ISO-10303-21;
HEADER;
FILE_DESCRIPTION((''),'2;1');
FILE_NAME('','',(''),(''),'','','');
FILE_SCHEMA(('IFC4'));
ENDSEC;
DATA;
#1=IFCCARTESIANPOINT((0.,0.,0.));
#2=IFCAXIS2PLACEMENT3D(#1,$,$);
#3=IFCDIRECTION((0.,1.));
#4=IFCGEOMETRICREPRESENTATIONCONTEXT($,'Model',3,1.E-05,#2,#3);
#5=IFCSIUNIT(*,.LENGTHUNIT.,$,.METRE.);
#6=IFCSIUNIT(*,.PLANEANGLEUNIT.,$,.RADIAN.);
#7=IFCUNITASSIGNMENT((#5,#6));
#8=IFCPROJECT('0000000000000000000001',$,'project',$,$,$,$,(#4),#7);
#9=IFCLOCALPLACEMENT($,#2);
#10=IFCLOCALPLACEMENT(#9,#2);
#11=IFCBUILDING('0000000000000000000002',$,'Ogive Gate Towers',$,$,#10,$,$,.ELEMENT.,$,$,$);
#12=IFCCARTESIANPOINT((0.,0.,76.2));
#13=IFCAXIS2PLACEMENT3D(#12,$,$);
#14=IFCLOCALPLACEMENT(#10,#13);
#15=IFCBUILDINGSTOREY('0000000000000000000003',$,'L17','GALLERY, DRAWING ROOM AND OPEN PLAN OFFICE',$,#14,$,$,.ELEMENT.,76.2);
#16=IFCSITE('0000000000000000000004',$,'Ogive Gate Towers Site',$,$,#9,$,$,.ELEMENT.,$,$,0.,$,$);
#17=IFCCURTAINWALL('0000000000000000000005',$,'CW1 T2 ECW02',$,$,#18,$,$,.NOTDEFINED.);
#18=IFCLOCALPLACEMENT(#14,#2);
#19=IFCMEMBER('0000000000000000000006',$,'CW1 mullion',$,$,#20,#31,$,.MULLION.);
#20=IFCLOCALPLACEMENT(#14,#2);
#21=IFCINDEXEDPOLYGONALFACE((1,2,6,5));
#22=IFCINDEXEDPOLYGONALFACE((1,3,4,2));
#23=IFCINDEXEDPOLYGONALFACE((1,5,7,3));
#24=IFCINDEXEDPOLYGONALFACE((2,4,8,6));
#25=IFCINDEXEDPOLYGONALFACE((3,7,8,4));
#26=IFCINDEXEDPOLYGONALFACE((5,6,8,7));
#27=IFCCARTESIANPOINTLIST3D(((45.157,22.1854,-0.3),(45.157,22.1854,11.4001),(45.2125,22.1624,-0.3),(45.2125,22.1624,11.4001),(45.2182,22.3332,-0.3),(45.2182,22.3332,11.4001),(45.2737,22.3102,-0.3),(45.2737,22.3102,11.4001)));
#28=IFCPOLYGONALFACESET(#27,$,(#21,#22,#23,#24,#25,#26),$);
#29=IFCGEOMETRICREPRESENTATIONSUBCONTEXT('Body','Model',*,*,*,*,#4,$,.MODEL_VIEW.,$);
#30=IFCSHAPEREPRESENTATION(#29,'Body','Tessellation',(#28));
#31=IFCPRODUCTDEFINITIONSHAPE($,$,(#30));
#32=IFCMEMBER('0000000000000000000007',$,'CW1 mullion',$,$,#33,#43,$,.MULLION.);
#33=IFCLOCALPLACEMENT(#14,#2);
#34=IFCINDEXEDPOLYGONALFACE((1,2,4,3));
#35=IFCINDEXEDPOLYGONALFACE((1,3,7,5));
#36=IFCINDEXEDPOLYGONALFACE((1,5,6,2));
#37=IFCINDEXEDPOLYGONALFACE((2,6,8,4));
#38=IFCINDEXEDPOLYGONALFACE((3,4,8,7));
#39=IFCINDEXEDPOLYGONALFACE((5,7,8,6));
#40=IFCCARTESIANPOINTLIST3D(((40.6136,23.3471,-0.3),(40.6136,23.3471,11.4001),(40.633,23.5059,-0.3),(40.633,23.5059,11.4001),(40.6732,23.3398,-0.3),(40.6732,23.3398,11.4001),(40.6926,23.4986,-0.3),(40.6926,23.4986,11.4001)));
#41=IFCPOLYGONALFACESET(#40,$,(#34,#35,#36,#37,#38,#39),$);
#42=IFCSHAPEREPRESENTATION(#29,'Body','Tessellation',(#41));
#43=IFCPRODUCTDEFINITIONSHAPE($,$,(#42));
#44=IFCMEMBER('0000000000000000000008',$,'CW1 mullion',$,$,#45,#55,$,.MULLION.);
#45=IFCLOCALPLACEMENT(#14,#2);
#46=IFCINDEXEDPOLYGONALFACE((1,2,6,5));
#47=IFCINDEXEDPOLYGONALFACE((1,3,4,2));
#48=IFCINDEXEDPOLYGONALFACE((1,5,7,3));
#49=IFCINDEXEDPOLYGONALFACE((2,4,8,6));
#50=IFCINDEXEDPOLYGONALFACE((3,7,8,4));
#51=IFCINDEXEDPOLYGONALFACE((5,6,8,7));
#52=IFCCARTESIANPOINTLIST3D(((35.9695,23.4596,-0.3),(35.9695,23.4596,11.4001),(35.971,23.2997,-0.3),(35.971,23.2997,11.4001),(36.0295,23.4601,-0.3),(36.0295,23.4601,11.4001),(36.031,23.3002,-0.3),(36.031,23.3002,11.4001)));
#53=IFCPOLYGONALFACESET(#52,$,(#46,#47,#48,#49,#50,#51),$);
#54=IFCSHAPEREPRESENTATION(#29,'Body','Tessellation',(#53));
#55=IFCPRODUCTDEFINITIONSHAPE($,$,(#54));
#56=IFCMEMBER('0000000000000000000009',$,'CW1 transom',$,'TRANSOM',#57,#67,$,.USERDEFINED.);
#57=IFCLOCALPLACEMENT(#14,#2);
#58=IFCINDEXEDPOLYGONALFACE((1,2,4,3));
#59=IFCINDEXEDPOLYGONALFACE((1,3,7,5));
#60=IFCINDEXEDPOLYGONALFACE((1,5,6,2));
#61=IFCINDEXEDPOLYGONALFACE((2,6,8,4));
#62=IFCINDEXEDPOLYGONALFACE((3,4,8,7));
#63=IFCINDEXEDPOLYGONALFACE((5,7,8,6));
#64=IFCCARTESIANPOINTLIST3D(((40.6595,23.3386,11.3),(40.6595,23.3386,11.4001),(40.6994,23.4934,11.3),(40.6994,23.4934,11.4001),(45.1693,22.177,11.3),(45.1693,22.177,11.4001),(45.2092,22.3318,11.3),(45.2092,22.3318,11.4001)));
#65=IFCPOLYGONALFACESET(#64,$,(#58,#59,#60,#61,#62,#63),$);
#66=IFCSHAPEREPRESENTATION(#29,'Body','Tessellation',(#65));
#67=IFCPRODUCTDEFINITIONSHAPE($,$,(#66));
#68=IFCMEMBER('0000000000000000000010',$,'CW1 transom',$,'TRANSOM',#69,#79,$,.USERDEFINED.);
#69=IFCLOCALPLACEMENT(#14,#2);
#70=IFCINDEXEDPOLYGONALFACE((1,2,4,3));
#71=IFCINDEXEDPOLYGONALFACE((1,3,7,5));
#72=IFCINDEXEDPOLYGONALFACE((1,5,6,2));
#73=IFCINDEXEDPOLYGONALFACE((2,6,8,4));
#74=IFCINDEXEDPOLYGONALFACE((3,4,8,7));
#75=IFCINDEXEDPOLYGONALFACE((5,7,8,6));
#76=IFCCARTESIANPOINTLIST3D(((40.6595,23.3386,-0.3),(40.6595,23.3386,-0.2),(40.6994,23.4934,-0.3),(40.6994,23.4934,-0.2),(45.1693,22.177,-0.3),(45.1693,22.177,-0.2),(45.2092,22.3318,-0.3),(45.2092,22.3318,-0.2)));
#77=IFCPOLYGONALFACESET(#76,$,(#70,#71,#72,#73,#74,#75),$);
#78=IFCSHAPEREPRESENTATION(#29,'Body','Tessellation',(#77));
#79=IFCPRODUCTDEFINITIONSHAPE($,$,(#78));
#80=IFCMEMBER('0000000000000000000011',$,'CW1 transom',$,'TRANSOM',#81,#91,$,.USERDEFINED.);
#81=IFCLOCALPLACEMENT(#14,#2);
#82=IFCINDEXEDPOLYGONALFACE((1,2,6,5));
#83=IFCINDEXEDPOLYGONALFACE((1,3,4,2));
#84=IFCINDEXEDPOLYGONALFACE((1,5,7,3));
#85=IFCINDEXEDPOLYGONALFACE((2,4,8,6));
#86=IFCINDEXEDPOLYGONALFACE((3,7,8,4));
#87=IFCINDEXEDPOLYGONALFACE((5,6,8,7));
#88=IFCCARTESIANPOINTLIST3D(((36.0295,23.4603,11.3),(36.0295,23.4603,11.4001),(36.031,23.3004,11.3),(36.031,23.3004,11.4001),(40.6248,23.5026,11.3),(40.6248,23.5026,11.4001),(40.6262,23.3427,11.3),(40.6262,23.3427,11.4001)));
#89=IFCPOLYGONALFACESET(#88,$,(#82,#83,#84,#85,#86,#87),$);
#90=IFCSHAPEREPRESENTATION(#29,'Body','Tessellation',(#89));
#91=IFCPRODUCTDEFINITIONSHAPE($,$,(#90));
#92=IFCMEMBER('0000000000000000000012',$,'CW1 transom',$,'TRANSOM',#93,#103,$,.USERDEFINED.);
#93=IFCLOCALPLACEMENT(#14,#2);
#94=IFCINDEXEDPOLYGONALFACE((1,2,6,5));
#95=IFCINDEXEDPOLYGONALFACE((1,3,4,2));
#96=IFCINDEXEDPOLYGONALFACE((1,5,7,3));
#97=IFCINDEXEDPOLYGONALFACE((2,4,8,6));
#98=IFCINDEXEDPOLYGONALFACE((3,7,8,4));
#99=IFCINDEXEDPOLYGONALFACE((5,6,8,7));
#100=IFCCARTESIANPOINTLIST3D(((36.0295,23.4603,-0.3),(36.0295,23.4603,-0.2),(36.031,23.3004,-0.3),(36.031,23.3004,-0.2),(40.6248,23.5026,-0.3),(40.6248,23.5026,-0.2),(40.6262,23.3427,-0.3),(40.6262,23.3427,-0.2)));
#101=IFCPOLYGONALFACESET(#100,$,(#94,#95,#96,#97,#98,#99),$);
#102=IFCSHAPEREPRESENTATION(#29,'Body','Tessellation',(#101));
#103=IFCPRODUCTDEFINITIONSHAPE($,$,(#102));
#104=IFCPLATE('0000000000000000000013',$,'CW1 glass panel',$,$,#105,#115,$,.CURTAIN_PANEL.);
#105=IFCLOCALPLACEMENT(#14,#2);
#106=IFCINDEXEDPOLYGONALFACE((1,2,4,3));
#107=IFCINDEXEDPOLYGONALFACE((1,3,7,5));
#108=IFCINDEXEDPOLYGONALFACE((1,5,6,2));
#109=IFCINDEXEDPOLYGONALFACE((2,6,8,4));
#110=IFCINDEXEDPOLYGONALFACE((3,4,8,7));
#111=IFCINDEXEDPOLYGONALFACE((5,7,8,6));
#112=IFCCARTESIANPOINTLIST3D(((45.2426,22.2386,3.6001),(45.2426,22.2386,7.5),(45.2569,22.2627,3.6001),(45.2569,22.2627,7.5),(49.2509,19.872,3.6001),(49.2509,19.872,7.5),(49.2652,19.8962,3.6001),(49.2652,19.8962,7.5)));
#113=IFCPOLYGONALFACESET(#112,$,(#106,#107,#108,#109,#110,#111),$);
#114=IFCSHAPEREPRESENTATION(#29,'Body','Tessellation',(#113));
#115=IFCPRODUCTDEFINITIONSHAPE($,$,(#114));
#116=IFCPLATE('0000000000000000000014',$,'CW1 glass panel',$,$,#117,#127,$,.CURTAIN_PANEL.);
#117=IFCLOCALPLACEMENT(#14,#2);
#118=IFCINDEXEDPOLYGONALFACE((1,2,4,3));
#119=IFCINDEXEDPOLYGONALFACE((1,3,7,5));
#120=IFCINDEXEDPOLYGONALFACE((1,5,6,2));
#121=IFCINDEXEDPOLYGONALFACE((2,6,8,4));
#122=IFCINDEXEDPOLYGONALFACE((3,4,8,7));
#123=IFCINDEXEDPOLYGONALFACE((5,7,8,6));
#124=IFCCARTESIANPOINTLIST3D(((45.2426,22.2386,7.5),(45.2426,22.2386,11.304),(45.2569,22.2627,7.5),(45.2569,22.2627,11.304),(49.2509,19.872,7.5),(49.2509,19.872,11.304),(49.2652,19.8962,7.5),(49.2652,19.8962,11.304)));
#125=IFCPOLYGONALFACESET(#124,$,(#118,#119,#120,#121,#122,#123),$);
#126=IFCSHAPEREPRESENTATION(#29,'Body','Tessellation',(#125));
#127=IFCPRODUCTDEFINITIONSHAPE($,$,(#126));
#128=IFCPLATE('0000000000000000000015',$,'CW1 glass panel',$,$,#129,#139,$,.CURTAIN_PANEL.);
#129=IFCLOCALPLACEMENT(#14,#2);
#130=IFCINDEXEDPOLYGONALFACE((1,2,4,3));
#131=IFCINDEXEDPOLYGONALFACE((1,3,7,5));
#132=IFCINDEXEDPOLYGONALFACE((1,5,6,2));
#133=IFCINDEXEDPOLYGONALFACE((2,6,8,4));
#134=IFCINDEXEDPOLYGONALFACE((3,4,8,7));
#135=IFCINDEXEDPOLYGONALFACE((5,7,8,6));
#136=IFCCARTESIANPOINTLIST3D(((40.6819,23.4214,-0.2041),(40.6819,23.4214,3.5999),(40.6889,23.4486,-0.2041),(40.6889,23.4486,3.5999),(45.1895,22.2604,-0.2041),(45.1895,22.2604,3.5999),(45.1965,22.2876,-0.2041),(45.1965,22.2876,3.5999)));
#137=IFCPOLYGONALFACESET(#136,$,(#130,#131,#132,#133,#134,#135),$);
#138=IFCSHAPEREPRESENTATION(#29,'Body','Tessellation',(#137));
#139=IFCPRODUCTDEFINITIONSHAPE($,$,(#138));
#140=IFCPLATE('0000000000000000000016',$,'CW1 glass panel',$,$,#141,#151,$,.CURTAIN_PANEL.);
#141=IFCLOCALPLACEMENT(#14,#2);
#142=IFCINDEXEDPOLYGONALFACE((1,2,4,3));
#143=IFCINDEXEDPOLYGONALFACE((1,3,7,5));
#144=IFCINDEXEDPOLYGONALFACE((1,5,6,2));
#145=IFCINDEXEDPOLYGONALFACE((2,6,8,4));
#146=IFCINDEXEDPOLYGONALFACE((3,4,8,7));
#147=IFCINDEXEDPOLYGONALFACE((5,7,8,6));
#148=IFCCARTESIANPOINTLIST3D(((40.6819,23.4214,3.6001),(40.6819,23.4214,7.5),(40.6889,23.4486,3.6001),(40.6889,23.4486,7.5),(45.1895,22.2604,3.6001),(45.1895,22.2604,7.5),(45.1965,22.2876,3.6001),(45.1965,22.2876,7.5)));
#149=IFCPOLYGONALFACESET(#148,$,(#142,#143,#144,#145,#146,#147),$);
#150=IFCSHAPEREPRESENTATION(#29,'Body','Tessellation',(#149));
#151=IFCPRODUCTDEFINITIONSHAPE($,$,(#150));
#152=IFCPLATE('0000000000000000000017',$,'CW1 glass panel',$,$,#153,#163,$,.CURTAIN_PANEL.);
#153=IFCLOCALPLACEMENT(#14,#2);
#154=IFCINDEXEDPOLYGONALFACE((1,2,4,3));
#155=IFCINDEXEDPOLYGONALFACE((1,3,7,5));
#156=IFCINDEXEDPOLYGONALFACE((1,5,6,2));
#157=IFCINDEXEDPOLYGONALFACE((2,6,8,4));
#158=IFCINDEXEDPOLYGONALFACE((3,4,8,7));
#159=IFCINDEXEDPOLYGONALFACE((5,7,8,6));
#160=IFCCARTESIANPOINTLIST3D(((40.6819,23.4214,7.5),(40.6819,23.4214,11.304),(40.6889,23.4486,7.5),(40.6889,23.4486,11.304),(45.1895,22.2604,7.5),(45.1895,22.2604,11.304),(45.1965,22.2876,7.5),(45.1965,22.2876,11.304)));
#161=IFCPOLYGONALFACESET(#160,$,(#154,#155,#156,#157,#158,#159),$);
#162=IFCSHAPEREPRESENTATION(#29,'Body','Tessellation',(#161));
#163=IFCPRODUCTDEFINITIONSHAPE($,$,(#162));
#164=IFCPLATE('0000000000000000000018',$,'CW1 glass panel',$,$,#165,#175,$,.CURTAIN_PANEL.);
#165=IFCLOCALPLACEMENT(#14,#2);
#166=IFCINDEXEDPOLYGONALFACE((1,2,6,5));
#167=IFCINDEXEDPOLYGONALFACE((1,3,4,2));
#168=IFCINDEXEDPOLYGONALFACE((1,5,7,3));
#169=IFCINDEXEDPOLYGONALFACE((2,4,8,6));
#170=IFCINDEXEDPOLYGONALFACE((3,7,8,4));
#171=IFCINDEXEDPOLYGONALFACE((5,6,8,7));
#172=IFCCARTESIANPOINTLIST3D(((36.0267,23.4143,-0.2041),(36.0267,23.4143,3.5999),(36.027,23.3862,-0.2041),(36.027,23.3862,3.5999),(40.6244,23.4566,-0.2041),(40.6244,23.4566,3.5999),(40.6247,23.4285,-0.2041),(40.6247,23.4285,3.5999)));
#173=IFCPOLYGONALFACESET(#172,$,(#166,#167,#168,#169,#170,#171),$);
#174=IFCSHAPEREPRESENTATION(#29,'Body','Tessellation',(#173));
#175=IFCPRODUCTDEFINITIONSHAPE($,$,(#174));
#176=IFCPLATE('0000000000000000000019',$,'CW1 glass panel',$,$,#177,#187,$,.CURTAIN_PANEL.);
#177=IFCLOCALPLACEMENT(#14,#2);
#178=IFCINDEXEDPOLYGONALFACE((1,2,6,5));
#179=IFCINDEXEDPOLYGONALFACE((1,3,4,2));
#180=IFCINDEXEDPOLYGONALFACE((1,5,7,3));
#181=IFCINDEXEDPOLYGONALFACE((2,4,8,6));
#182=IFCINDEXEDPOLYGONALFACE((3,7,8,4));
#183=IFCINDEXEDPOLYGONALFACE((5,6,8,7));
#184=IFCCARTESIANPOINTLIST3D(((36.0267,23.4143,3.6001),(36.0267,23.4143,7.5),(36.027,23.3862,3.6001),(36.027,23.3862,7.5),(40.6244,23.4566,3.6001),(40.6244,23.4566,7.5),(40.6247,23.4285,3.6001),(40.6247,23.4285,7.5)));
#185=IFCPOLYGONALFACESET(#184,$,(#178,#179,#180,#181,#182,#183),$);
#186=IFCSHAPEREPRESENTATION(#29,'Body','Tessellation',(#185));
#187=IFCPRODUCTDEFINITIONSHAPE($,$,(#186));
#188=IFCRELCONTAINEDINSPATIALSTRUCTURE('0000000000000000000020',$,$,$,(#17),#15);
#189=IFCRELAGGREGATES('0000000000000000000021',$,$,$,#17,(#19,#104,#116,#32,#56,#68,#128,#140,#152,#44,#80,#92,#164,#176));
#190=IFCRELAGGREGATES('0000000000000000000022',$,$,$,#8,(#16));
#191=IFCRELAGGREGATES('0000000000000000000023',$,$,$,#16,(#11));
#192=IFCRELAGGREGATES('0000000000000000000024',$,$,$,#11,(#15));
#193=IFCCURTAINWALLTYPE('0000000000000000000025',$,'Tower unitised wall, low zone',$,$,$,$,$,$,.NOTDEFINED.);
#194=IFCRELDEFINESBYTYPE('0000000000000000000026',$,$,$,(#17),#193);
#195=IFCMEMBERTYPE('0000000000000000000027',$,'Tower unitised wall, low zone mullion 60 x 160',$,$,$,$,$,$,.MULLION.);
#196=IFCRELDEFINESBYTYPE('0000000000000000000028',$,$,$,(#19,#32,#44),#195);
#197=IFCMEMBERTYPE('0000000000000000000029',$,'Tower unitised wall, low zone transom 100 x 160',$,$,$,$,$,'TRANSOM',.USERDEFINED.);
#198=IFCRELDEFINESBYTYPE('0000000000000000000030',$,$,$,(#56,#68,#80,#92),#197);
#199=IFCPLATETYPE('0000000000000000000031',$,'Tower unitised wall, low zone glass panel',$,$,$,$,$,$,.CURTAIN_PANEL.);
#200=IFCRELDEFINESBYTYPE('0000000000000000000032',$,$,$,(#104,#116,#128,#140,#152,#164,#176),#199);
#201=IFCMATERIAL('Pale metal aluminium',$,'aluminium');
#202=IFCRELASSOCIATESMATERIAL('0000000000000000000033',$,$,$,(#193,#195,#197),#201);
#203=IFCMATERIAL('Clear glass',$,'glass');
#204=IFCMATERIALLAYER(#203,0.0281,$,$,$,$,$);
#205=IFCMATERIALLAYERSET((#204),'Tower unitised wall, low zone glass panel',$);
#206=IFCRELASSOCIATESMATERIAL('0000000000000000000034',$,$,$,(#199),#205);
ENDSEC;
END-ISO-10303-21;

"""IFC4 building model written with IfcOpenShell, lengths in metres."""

from ifc_helpers import new_model, si_unit, direction, frame, origin, origin_2d, place, context, subcontext, project, spatial, rectangle, extrude, material, layer, layer_set, material_profile, profile_set, type_object, element, aggregate, save


model = new_model("IFC4")

# Units and contexts
model_context = context("Model", 3, precision=1e-05, world=origin(), true_north=direction((0.0, 1.0)))
body_context = subcontext(model_context, "Body", "Model", "MODEL_VIEW")
ifc_project = project(units=[si_unit("LENGTHUNIT", "METRE"), si_unit("PLANEANGLEUNIT", "RADIAN")], contexts=[model_context])

# Site, building, storey
site_placement = place(None, origin())
site = spatial("IfcSite", under=ifc_project, at=site_placement, Name="Ogive Gate Towers Site", CompositionType="ELEMENT", RefElevation=0.0)
building_placement = place(site_placement, origin())
building = spatial("IfcBuilding", under=site, at=building_placement, Name="Ogive Gate Towers", CompositionType="ELEMENT")
storey_placement = place(building_placement, frame((0.0, 0.0, 76.2)))
storey = spatial("IfcBuildingStorey", under=building, at=storey_placement, Name="L17", Description="GALLERY, DRAWING ROOM AND OPEN PLAN OFFICE", CompositionType="ELEMENT", Elevation=76.2)

# Curtain wall, members, plates
ifc_material_1 = material(Name="Pale metal aluminium", Category="aluminium")
curtain_wall_type = type_object("IfcCurtainWallType", Name="Tower unitised wall, low zone", PredefinedType="NOTDEFINED", material=ifc_material_1)
curtain_wall_placement = place(storey_placement, origin())
curtain_wall = element("IfcCurtainWall", 1, at=curtain_wall_placement, inside=storey, type_object=curtain_wall_type, Name="CW1 T2 ECW02", PredefinedType="NOTDEFINED")
ifc_material_profile_1 = material_profile(ifc_material_1, rectangle(XDim=0.1599, YDim=0.0601, at=origin_2d()), Name="60 x 160 aluminium box")
ifc_profile_set_1 = profile_set([ifc_material_profile_1], Name="Pale metal aluminium")
member_type_1 = type_object("IfcMemberType", Name="Tower unitised wall, low zone mullion 60 x 160", PredefinedType="MULLION", material=ifc_profile_set_1)
member_1_placement = place(storey_placement, frame((45.2153, 22.2478, -0.3), z_axis=(0.0, 0.0, 1.0), x_axis=(0.382683, 0.92388, 0.0)))
member_1 = element("IfcMember", 2, at=member_1_placement, type_object=member_type_1, Name="CW1 mullion", PredefinedType="MULLION", context=body_context, shape_type="SweptSolid", body=[
    extrude(rectangle(XDim=0.1599, YDim=0.0601, at=origin_2d()), origin(), (0.0, 0.0, 1.0), 11.7002),
])
member_2_placement = place(storey_placement, frame((40.6531, 23.4229, -0.3), z_axis=(0.0, 0.0, 1.0), x_axis=(0.121142, 0.992635, 0.0)))
member_2 = element("IfcMember", 3, at=member_2_placement, type_object=member_type_1, Name="CW1 mullion", PredefinedType="MULLION", context=body_context, shape_type="SweptSolid", body=[
    extrude(rectangle(XDim=0.1599, YDim=0.0601, at=origin_2d()), origin(), (0.0, 0.0, 1.0), 11.7002),
])
member_3_placement = place(storey_placement, frame((36.0002, 23.3799, -0.3), z_axis=(0.0, 0.0, 1.0), x_axis=(-0.009198, 0.999958, 0.0)))
member_3 = element("IfcMember", 4, at=member_3_placement, type_object=member_type_1, Name="CW1 mullion", PredefinedType="MULLION", context=body_context, shape_type="SweptSolid", body=[
    extrude(rectangle(XDim=0.1599, YDim=0.0601, at=origin_2d()), origin(), (0.0, 0.0, 1.0), 11.7002),
])
ifc_material_profile_2 = material_profile(ifc_material_1, rectangle(XDim=0.1599, YDim=0.1001, at=origin_2d()), Name="100 x 160 aluminium box")
ifc_profile_set_2 = profile_set([ifc_material_profile_2], Name="Pale metal aluminium")
member_type_2 = type_object("IfcMemberType", Name="Tower unitised wall, low zone transom 100 x 160", ElementType="TRANSOM", PredefinedType="USERDEFINED", material=ifc_profile_set_2)
member_4_placement = place(storey_placement, frame((45.1892, 22.2544, 11.3501), z_axis=(-0.968391, 0.249437, 0.0), x_axis=(-0.249437, -0.968391, 0.0)))
member_4 = element("IfcMember", 5, at=member_4_placement, type_object=member_type_2, Name="CW1 transom", ObjectType="TRANSOM", PredefinedType="USERDEFINED", context=body_context, shape_type="SweptSolid", body=[
    extrude(rectangle(XDim=0.1599, YDim=0.1001, at=origin_2d()), origin(), (0.0, 0.0, 1.0), 4.657),
])
member_5_placement = place(storey_placement, frame((45.1892, 22.2544, -0.25), z_axis=(-0.968391, 0.249437, 0.0), x_axis=(-0.249437, -0.968391, 0.0)))
member_5 = element("IfcMember", 6, at=member_5_placement, type_object=member_type_2, Name="CW1 transom", ObjectType="TRANSOM", PredefinedType="USERDEFINED", context=body_context, shape_type="SweptSolid", body=[
    extrude(rectangle(XDim=0.1599, YDim=0.1001, at=origin_2d()), origin(), (0.0, 0.0, 1.0), 4.657),
])
member_6_placement = place(storey_placement, frame((40.6255, 23.4226, 11.3501), z_axis=(-0.999958, -0.009191, 0.0), x_axis=(0.009191, -0.999958, 0.0)))
member_6 = element("IfcMember", 7, at=member_6_placement, type_object=member_type_2, Name="CW1 transom", ObjectType="TRANSOM", PredefinedType="USERDEFINED", context=body_context, shape_type="SweptSolid", body=[
    extrude(rectangle(XDim=0.1599, YDim=0.1001, at=origin_2d()), origin(), (0.0, 0.0, 1.0), 4.5955),
])
member_7_placement = place(storey_placement, frame((40.6255, 23.4226, -0.25), z_axis=(-0.999958, -0.009191, 0.0), x_axis=(0.009191, -0.999958, 0.0)))
member_7 = element("IfcMember", 8, at=member_7_placement, type_object=member_type_2, Name="CW1 transom", ObjectType="TRANSOM", PredefinedType="USERDEFINED", context=body_context, shape_type="SweptSolid", body=[
    extrude(rectangle(XDim=0.1599, YDim=0.1001, at=origin_2d()), origin(), (0.0, 0.0, 1.0), 4.5955),
])
ifc_material_2 = material(Name="Clear glass", Category="glass")
ifc_layer_1 = layer(ifc_material_2, 0.0281)
ifc_layer_set_1 = layer_set([ifc_layer_1], Name="Tower unitised wall, low zone glass panel")
plate_type = type_object("IfcPlateType", Name="Tower unitised wall, low zone glass panel", PredefinedType="CURTAIN_PANEL", material=ifc_layer_set_1)
plate_1_placement = place(storey_placement, frame((47.2539, 21.0674, 3.6001), z_axis=(0.0, 0.0, 1.0), x_axis=(-0.861115, 0.50841, 0.0)))
plate_1 = element("IfcPlate", 9, at=plate_1_placement, type_object=plate_type, Name="CW1 glass panel", PredefinedType="CURTAIN_PANEL", context=body_context, shape_type="SweptSolid", body=[
    extrude(rectangle(XDim=4.6548, YDim=0.0281, at=origin_2d()), origin(), (0.0, 0.0, 1.0), 3.8999),
])
plate_2_placement = place(storey_placement, frame((47.2539, 21.0674, 7.5), z_axis=(0.0, 0.0, 1.0), x_axis=(-0.861115, 0.50841, 0.0)))
plate_2 = element("IfcPlate", 10, at=plate_2_placement, type_object=plate_type, Name="CW1 glass panel", PredefinedType="CURTAIN_PANEL", context=body_context, shape_type="SweptSolid", body=[
    extrude(rectangle(XDim=4.6548, YDim=0.0281, at=origin_2d()), origin(), (0.0, 0.0, 1.0), 3.804),
])
plate_3_placement = place(storey_placement, frame((42.9392, 22.8545, -0.2041), z_axis=(0.0, 0.0, 1.0), x_axis=(-0.968396, 0.249417, 0.0)))
plate_3 = element("IfcPlate", 11, at=plate_3_placement, type_object=plate_type, Name="CW1 glass panel", PredefinedType="CURTAIN_PANEL", context=body_context, shape_type="SweptSolid", body=[
    extrude(rectangle(XDim=4.6548, YDim=0.0281, at=origin_2d()), origin(), (0.0, 0.0, 1.0), 3.804),
])
plate_4_placement = place(storey_placement, frame((42.9392, 22.8545, 3.6001), z_axis=(0.0, 0.0, 1.0), x_axis=(-0.968396, 0.249417, 0.0)))
plate_4 = element("IfcPlate", 12, at=plate_4_placement, type_object=plate_type, Name="CW1 glass panel", PredefinedType="CURTAIN_PANEL", context=body_context, shape_type="SweptSolid", body=[
    extrude(rectangle(XDim=4.6548, YDim=0.0281, at=origin_2d()), origin(), (0.0, 0.0, 1.0), 3.8999),
])
plate_5_placement = place(storey_placement, frame((42.9392, 22.8545, 7.5), z_axis=(0.0, 0.0, 1.0), x_axis=(-0.968396, 0.249417, 0.0)))
plate_5 = element("IfcPlate", 13, at=plate_5_placement, type_object=plate_type, Name="CW1 glass panel", PredefinedType="CURTAIN_PANEL", context=body_context, shape_type="SweptSolid", body=[
    extrude(rectangle(XDim=4.6548, YDim=0.0281, at=origin_2d()), origin(), (0.0, 0.0, 1.0), 3.804),
])
plate_6_placement = place(storey_placement, frame((38.3257, 23.4214, -0.2041), z_axis=(0.0, 0.0, 1.0), x_axis=(-0.999958, -0.009198, 0.0)))
plate_6 = element("IfcPlate", 14, at=plate_6_placement, type_object=plate_type, Name="CW1 glass panel", PredefinedType="CURTAIN_PANEL", context=body_context, shape_type="SweptSolid", body=[
    extrude(rectangle(XDim=4.5979, YDim=0.0281, at=origin_2d()), origin(), (0.0, 0.0, 1.0), 3.804),
])
plate_7_placement = place(storey_placement, frame((38.3257, 23.4214, 3.6001), z_axis=(0.0, 0.0, 1.0), x_axis=(-0.999958, -0.009198, 0.0)))
plate_7 = element("IfcPlate", 15, at=plate_7_placement, type_object=plate_type, Name="CW1 glass panel", PredefinedType="CURTAIN_PANEL", context=body_context, shape_type="SweptSolid", body=[
    extrude(rectangle(XDim=4.5979, YDim=0.0281, at=origin_2d()), origin(), (0.0, 0.0, 1.0), 3.8999),
])
aggregate(curtain_wall, [member_1, plate_1, plate_2, member_2, member_4, member_5, plate_3, plate_4, plate_5, member_3, member_6, member_7, plate_6, plate_7])

save(model, "model.ifc")
